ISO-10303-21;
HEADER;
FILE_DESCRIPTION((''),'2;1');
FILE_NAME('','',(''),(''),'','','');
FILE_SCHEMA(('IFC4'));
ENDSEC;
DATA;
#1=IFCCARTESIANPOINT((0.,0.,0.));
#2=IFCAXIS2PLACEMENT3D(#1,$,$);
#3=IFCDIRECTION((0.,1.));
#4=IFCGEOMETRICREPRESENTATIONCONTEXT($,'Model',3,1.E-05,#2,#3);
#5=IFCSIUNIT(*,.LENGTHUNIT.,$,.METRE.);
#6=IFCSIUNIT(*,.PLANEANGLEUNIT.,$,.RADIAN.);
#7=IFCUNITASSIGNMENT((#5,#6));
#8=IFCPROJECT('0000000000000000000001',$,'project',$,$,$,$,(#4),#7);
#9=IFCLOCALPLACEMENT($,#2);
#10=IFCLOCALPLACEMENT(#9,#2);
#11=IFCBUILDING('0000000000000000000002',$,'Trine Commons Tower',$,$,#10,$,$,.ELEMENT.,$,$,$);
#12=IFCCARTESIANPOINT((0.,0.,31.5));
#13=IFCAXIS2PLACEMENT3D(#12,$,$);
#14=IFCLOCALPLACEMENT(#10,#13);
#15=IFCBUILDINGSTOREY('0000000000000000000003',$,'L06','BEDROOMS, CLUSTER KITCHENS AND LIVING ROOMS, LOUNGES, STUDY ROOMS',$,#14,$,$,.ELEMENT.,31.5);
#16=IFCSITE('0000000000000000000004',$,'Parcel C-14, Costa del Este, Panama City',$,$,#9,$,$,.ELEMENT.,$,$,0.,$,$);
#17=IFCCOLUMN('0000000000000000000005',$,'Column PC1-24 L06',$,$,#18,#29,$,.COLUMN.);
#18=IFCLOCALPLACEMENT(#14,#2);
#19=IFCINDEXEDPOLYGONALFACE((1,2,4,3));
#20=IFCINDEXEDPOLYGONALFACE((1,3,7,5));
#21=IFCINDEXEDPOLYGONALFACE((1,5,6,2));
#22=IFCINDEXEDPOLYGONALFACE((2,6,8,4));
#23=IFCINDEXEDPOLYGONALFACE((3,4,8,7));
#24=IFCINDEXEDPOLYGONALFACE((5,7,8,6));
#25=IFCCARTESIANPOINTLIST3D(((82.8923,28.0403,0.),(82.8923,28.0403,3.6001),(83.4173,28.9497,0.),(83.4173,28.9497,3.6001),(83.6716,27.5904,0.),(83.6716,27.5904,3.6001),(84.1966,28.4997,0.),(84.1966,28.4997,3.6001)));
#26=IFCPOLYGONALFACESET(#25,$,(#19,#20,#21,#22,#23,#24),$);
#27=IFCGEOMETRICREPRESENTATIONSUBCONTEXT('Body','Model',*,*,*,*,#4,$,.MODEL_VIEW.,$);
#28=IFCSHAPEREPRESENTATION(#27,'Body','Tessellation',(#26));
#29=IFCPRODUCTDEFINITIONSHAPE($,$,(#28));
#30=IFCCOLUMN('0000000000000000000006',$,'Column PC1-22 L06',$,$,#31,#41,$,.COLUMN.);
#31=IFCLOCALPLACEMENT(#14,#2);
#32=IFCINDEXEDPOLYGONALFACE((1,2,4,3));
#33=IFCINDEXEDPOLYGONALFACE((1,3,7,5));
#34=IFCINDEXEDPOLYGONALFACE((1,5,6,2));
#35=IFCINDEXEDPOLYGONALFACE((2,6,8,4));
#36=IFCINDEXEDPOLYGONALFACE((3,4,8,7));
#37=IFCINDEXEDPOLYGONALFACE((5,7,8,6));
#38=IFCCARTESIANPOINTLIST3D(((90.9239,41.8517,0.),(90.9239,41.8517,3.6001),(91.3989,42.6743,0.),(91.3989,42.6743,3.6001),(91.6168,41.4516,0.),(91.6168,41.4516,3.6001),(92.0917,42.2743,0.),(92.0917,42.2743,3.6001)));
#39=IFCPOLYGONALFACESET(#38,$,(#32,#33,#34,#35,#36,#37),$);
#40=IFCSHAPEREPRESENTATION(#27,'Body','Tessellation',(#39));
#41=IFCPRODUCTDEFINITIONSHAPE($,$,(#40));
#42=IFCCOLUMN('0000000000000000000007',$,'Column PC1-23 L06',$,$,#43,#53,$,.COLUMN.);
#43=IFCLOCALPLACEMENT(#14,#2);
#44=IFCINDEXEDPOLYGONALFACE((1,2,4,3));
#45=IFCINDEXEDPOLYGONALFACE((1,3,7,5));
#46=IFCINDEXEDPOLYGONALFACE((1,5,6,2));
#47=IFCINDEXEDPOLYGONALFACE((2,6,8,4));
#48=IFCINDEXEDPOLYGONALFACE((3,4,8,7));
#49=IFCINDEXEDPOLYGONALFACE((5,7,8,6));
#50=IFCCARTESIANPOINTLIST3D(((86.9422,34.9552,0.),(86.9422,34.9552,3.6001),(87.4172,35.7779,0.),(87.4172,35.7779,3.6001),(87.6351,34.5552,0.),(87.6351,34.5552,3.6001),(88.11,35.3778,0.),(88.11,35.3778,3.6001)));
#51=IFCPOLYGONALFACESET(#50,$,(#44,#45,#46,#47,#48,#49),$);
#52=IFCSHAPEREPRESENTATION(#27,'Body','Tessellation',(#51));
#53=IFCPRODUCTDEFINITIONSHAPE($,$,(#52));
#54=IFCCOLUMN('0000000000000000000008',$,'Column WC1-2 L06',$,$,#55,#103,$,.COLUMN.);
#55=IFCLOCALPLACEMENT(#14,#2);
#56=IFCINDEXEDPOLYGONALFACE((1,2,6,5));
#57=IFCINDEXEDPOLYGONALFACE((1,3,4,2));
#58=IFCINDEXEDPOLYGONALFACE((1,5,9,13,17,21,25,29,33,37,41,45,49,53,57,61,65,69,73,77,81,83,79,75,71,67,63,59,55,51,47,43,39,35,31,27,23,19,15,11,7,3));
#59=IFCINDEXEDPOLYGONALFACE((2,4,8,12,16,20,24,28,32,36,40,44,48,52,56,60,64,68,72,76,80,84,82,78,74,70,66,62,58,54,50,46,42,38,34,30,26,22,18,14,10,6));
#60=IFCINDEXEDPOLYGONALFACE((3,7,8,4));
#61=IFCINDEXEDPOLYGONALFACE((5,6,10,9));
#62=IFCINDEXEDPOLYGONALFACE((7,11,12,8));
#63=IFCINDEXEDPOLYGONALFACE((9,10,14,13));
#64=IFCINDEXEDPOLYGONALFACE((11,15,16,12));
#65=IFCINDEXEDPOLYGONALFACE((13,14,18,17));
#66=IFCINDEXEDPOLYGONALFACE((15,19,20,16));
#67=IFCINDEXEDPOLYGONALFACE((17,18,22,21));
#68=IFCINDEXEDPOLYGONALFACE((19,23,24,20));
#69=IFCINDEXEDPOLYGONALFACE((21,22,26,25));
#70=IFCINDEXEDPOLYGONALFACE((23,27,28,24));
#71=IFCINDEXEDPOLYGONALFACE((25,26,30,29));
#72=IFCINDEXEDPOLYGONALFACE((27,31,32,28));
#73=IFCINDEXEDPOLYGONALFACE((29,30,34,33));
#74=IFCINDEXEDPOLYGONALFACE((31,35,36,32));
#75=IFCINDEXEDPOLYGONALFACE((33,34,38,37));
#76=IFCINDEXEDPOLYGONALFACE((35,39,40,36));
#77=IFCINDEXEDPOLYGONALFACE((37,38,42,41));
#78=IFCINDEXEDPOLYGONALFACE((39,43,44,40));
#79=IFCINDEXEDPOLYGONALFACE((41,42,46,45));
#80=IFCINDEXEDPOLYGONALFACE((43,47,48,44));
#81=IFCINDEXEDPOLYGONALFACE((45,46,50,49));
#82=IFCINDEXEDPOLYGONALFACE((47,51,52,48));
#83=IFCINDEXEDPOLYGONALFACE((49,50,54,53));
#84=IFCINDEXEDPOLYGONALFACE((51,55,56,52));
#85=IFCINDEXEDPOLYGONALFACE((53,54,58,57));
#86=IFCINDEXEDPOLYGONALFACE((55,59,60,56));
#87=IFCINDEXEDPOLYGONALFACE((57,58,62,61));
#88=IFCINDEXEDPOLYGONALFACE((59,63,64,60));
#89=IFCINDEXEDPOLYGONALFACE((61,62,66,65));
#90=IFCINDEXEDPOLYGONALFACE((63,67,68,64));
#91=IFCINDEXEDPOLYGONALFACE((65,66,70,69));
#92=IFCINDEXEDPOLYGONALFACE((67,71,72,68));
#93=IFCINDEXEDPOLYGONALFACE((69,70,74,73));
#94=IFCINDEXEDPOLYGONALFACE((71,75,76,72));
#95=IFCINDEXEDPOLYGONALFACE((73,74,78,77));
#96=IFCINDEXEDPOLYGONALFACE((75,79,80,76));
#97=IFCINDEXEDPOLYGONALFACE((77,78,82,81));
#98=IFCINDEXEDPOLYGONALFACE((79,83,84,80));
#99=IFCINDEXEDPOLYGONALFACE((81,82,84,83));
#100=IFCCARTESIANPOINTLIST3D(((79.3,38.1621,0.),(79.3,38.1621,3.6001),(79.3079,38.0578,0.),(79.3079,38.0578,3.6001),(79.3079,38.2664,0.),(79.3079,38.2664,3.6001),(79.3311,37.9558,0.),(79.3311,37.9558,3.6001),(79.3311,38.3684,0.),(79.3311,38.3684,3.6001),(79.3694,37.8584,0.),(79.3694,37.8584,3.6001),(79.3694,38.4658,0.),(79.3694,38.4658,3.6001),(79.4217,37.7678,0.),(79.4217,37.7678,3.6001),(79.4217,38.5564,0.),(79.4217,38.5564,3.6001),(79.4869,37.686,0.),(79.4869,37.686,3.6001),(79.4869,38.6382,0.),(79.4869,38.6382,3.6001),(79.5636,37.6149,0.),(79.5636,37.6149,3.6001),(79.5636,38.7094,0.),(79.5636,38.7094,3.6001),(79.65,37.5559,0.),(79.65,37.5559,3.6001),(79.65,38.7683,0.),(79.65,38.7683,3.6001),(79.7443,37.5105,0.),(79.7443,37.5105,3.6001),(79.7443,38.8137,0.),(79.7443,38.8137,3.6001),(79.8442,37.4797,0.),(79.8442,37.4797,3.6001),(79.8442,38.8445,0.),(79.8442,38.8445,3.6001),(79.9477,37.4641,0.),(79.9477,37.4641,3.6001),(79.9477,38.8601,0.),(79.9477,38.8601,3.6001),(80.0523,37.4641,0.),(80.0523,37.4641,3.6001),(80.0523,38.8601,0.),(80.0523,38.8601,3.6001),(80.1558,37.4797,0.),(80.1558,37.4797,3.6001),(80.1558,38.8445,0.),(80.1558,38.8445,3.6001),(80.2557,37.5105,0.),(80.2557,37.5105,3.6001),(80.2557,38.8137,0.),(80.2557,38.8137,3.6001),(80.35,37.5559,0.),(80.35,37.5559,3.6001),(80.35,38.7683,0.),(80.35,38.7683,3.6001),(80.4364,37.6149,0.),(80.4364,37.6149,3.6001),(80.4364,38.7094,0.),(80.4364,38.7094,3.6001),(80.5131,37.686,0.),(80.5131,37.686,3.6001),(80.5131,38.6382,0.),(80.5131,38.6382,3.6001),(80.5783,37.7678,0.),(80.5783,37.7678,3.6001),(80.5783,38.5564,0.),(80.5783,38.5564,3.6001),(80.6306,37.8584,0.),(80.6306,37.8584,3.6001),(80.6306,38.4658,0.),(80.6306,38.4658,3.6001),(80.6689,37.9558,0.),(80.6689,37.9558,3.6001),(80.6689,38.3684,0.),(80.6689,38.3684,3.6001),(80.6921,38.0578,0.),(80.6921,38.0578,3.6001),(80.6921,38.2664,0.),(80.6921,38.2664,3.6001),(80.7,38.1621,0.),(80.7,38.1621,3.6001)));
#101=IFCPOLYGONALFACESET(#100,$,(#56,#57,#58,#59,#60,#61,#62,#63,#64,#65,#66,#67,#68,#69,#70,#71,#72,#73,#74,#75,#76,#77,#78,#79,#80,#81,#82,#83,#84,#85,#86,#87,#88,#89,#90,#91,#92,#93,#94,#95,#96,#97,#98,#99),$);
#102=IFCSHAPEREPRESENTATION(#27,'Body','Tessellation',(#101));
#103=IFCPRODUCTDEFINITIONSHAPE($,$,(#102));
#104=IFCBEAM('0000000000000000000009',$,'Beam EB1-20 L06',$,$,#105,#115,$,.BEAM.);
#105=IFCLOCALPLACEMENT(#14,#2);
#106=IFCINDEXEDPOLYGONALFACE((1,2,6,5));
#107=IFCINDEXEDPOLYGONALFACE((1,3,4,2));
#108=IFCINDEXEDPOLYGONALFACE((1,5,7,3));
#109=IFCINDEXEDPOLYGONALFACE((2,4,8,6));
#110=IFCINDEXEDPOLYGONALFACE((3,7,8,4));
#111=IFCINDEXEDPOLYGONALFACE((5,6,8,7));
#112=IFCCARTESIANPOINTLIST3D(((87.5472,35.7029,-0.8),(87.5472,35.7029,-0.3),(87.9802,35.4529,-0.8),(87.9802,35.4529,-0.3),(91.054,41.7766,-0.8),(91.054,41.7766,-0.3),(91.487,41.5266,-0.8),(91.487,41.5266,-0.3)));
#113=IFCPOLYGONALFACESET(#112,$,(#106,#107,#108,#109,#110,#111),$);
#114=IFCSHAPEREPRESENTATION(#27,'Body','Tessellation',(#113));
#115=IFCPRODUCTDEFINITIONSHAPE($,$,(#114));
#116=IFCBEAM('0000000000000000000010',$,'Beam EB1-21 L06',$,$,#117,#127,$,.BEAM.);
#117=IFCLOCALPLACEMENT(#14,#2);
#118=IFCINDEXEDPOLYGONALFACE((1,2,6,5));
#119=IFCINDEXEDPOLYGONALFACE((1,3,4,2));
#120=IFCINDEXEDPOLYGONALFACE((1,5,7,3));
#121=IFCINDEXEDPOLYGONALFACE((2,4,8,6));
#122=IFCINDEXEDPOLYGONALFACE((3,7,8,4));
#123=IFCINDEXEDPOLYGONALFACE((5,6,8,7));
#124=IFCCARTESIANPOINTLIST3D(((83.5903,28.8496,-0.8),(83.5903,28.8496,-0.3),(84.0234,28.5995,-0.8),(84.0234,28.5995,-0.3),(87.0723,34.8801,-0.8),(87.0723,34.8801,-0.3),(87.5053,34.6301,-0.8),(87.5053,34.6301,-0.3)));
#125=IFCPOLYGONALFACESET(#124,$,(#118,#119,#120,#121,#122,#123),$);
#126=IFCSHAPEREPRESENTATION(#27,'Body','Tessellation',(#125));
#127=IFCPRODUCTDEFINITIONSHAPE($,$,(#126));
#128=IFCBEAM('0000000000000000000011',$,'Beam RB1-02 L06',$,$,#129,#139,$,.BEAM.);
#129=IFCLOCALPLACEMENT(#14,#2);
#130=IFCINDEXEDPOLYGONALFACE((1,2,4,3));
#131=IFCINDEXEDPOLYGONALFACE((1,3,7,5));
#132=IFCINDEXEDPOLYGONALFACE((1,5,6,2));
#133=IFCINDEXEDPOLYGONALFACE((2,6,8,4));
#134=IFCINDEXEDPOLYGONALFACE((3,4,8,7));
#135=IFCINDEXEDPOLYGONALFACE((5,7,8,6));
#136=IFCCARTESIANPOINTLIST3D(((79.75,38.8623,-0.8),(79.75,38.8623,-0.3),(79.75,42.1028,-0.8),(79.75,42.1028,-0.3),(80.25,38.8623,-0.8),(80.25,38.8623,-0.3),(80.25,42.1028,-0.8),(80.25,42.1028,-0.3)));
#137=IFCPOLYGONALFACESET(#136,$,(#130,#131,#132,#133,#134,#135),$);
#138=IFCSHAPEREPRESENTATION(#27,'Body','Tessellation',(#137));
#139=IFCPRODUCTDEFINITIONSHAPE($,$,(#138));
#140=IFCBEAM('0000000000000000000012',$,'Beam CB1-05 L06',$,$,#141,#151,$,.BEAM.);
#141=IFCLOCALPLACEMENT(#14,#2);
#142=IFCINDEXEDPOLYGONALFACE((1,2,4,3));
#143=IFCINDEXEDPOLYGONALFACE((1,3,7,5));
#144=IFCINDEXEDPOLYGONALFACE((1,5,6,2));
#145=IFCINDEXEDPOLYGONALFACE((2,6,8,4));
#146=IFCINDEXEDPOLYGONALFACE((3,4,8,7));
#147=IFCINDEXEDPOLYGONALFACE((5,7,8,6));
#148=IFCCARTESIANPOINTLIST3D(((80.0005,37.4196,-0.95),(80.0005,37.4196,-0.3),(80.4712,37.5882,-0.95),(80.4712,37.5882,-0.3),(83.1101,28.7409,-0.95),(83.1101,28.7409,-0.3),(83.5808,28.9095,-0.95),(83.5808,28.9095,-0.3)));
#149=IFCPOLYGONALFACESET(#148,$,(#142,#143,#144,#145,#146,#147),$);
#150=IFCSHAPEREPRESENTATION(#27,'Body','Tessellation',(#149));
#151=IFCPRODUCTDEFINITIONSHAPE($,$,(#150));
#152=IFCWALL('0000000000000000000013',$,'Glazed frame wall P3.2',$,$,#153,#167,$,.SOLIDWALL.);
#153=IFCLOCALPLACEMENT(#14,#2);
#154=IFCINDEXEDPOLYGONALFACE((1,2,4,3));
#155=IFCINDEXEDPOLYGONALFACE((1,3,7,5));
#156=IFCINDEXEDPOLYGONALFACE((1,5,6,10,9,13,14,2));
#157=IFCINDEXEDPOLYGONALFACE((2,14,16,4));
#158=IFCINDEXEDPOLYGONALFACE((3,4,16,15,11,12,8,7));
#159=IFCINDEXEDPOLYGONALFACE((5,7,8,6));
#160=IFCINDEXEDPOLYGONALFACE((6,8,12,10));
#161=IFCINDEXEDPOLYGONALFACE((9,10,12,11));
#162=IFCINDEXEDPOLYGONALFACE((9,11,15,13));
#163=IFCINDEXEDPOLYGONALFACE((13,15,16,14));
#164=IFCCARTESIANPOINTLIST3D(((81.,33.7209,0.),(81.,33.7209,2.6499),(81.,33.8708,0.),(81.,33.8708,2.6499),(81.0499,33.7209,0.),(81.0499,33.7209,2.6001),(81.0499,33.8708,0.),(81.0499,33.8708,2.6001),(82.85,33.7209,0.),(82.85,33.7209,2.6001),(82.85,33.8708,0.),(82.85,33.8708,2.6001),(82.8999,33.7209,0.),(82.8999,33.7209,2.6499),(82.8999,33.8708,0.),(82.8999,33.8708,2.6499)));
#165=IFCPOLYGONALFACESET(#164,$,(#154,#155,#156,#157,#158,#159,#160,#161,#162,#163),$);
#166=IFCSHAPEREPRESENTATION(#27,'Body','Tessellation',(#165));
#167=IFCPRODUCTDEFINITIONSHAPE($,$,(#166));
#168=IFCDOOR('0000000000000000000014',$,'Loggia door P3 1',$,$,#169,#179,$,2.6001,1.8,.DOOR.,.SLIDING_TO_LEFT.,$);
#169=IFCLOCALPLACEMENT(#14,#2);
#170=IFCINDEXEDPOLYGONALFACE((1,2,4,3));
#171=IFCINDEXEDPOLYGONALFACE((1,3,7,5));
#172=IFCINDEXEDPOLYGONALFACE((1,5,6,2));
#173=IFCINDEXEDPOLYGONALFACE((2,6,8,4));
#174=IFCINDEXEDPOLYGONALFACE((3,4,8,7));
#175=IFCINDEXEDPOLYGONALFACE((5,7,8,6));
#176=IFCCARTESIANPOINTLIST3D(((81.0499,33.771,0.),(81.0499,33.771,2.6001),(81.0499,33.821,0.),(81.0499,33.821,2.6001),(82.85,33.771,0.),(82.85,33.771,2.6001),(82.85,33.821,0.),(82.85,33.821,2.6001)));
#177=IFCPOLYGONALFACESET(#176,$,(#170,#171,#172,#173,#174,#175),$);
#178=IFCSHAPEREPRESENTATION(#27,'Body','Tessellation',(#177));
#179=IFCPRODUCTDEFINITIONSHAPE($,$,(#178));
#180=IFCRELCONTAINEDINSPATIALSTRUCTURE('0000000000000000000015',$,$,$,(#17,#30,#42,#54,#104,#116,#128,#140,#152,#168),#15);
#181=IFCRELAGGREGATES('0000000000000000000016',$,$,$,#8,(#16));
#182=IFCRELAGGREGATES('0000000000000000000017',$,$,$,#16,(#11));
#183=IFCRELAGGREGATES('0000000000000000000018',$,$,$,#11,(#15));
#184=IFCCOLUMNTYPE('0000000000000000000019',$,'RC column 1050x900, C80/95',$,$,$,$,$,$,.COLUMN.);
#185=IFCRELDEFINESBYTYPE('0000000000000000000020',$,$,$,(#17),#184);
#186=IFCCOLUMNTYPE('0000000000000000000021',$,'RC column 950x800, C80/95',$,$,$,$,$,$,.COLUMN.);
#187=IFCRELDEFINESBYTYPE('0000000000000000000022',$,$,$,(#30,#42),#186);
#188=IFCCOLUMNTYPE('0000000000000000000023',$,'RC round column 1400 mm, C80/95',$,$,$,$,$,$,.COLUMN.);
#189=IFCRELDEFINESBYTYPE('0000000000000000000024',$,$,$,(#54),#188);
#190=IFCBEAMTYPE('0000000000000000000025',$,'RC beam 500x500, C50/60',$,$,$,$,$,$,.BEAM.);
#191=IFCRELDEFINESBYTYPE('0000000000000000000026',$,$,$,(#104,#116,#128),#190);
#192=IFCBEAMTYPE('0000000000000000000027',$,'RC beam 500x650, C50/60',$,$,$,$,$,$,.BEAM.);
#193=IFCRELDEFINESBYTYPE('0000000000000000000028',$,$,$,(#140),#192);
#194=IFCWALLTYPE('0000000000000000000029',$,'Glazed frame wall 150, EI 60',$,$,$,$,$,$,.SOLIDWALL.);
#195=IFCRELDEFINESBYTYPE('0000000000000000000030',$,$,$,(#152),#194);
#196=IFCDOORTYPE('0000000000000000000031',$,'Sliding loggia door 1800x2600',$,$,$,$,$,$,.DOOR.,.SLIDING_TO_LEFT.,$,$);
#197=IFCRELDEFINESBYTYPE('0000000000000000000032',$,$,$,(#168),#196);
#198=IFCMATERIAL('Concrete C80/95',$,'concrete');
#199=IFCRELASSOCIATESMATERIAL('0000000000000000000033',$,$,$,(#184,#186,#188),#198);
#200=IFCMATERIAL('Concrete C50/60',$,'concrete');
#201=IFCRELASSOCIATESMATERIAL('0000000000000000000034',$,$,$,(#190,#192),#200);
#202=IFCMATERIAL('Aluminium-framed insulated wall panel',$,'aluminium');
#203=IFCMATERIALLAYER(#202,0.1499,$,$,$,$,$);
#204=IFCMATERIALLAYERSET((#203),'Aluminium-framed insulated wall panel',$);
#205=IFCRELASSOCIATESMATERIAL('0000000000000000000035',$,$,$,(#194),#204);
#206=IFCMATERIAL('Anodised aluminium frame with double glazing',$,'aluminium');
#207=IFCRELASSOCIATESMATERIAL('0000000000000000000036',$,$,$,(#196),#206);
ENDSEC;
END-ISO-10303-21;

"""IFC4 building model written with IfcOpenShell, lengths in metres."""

from ifc_helpers import new_model, si_unit, direction, frame, frame_2d, origin, origin_2d, place, context, subcontext, project, spatial, polyline, rectangle, circle, outline, extrude, material, layer, layer_set, material_profile, profile_set, type_object, element, fill, save


model = new_model("IFC4")

# Units and contexts
model_context = context("Model", 3, precision=1e-05, world=origin(), true_north=direction((0.0, 1.0)))
body_context = subcontext(model_context, "Body", "Model", "MODEL_VIEW")
ifc_project = project(units=[si_unit("LENGTHUNIT", "METRE"), si_unit("PLANEANGLEUNIT", "RADIAN")], contexts=[model_context])

# Site, building, storey
site_placement = place(None, origin())
site = spatial("IfcSite", under=ifc_project, at=site_placement, Name="Parcel C-14, Costa del Este, Panama City", CompositionType="ELEMENT", RefElevation=0.0)
building_placement = place(site_placement, origin())
building = spatial("IfcBuilding", under=site, at=building_placement, Name="Trine Commons Tower", CompositionType="ELEMENT")
storey_placement = place(building_placement, frame((0.0, 0.0, 31.5)))
storey = spatial("IfcBuildingStorey", under=building, at=storey_placement, Name="L06", Description="BEDROOMS, CLUSTER KITCHENS AND LIVING ROOMS, LOUNGES, STUDY ROOMS", CompositionType="ELEMENT", Elevation=31.5)

# Columns
ifc_material_1 = material(Name="Concrete C80/95", Category="concrete")
ifc_material_profile_1 = material_profile(ifc_material_1, rectangle(XDim=1.05, YDim=0.8999, at=origin_2d()), Name="RC 1050x900")
ifc_profile_set_1 = profile_set([ifc_material_profile_1], Name="Concrete C80/95")
column_type_1 = type_object("IfcColumnType", Name="RC column 1050x900, C80/95", PredefinedType="COLUMN", material=ifc_profile_set_1)
column_1_placement = place(storey_placement, frame((83.5444, 28.27, 0.0), z_axis=(0.0, 0.0, 1.0), x_axis=(0.5, 0.866025, 0.0)))
element("IfcColumn", 1, at=column_1_placement, inside=storey, type_object=column_type_1, Name="Column PC1-24 L06", PredefinedType="COLUMN", context=body_context, shape_type="SweptSolid", body=[
    extrude(rectangle(XDim=1.05, YDim=0.8999, at=origin_2d()), origin(), (0.0, 0.0, 1.0), 3.6001),
])
ifc_material_profile_2 = material_profile(ifc_material_1, rectangle(XDim=0.95, YDim=0.8, at=origin_2d()), Name="RC 950x800")
ifc_profile_set_2 = profile_set([ifc_material_profile_2], Name="Concrete C80/95")
column_type_2 = type_object("IfcColumnType", Name="RC column 950x800, C80/95", PredefinedType="COLUMN", material=ifc_profile_set_2)
for number, where, z_axis, x_axis, name in (
    (2, (91.5078, 42.063, 0.0), (0.0, 0.0, 1.0), (0.5, 0.866025, 0.0), "Column PC1-22 L06"),
    (3, (87.5261, 35.1665, 0.0), (0.0, 0.0, 1.0), (0.5, 0.866025, 0.0), "Column PC1-23 L06"),
):
    element("IfcColumn", number, at=place(storey_placement, frame(where, z_axis=z_axis, x_axis=x_axis)), inside=storey, type_object=column_type_2, Name=name, PredefinedType="COLUMN", context=body_context, shape_type="SweptSolid", body=[
        extrude(rectangle(XDim=0.95, YDim=0.8, at=origin_2d()), origin(), (0.0, 0.0, 1.0), 3.6001),
    ])
ifc_material_profile_3 = material_profile(ifc_material_1, circle(Radius=0.7, at=origin_2d()), Name="RC round 1400")
ifc_profile_set_3 = profile_set([ifc_material_profile_3], Name="Concrete C80/95")
column_type_3 = type_object("IfcColumnType", Name="RC round column 1400 mm, C80/95", PredefinedType="COLUMN", material=ifc_profile_set_3)
column_2_placement = place(storey_placement, frame((80.0, 38.1621, 0.0), z_axis=(0.0, 0.0, 1.0), x_axis=(1.0, 0.0, 0.0)))
element("IfcColumn", 4, at=column_2_placement, inside=storey, type_object=column_type_3, Name="Column WC1-2 L06", PredefinedType="COLUMN", context=body_context, shape_type="SweptSolid", body=[
    extrude(circle(Radius=0.7, at=origin_2d()), origin(), (0.0, 0.0, 1.0), 3.6001),
])

# Beams
ifc_material_2 = material(Name="Concrete C50/60", Category="concrete")
ifc_material_profile_4 = material_profile(ifc_material_2, rectangle(XDim=0.5, YDim=0.5, at=origin_2d()), Name="RC 500x500")
ifc_profile_set_4 = profile_set([ifc_material_profile_4], Name="Concrete C50/60")
beam_type_1 = type_object("IfcBeamType", Name="RC beam 500x500, C50/60", PredefinedType="BEAM", material=ifc_profile_set_4)
beam_1_placement = place(storey_placement, frame((91.2705, 41.6516, -0.55), z_axis=(-0.500018, -0.866015, 0.0), x_axis=(0.866015, -0.500018, 0.0)))
element("IfcBeam", 5, at=beam_1_placement, inside=storey, type_object=beam_type_1, Name="Beam EB1-20 L06", PredefinedType="BEAM", context=body_context, shape_type="SweptSolid", body=[
    extrude(rectangle(XDim=0.5, YDim=0.5, at=origin_2d()), origin(), (0.0, 0.0, 1.0), 7.0134),
])
beam_2_placement = place(storey_placement, frame((87.2888, 34.7551, -0.55), z_axis=(-0.500023, -0.866012, 0.0), x_axis=(0.866012, -0.500023, 0.0)))
element("IfcBeam", 6, at=beam_2_placement, inside=storey, type_object=beam_type_1, Name="Beam EB1-21 L06", PredefinedType="BEAM", context=body_context, shape_type="SweptSolid", body=[
    extrude(rectangle(XDim=0.5, YDim=0.5, at=origin_2d()), origin(), (0.0, 0.0, 1.0), 6.9636),
])
beam_3_placement = place(storey_placement, frame((80.0, 42.1028, -0.55), z_axis=(0.0, -1.0, 0.0), x_axis=(1.0, 0.0, 0.0)))
element("IfcBeam", 7, at=beam_3_placement, inside=storey, type_object=beam_type_1, Name="Beam RB1-02 L06", PredefinedType="BEAM", context=body_context, shape_type="SweptSolid", body=[
    extrude(rectangle(XDim=0.5, YDim=0.5, at=origin_2d()), origin(), (0.0, 0.0, 1.0), 3.2405),
])
ifc_material_profile_5 = material_profile(ifc_material_2, rectangle(XDim=0.5, YDim=0.6499, at=origin_2d()), Name="RC 500x650")
ifc_profile_set_5 = profile_set([ifc_material_profile_5], Name="Concrete C50/60")
beam_type_2 = type_object("IfcBeamType", Name="RC beam 500x650, C50/60", PredefinedType="BEAM", material=ifc_profile_set_5)
beam_4_placement = place(storey_placement, frame((83.3455, 28.8252, -0.625), z_axis=(-0.337306, 0.941395, 0.0), x_axis=(-0.941395, -0.337306, 0.0)))
element("IfcBeam", 8, at=beam_4_placement, inside=storey, type_object=beam_type_2, Name="Beam CB1-05 L06", PredefinedType="BEAM", context=body_context, shape_type="SweptSolid", body=[
    extrude(rectangle(XDim=0.5, YDim=0.6499, at=origin_2d()), origin(), (0.0, 0.0, 1.0), 9.219),
])

# Shared definitions
ifc_material_3 = material(Name="Aluminium-framed insulated wall panel", Category="aluminium")
ifc_layer_1 = layer(ifc_material_3, 0.1499)
ifc_layer_set_1 = layer_set([ifc_layer_1], Name="Aluminium-framed insulated wall panel")
wall_type_1 = type_object("IfcWallType", Name="Glazed frame wall 150, EI 60", PredefinedType="SOLIDWALL", material=ifc_layer_set_1)

# Wall, opening, door
wall_1_placement = place(storey_placement, frame((82.8999, 33.7959, 0.0), z_axis=(0.0, 0.0, 1.0), x_axis=(-1.0, 0.0, 0.0)))
wall_1 = element("IfcWall", 9, at=wall_1_placement, inside=storey, type_object=wall_type_1, Name="Glazed frame wall P3.2", PredefinedType="SOLIDWALL", context=body_context, shape_type="SweptSolid", body=[
    extrude(outline(polyline([(0.0, -0.075), (1.8999, -0.075), (1.8999, 0.075), (0.0, 0.075), (0.0, -0.075)])), origin(), (0.0, 0.0, 1.0), 2.6499),
])
opening_1_placement = place(wall_1_placement, frame((0.05, 0.0, 0.0)))
opening_1 = element("IfcOpeningElement", 10, at=opening_1_placement, cuts=wall_1, PredefinedType="OPENING", context=body_context, shape_type="SweptSolid", body=[
    extrude(rectangle(XDim=1.8, YDim=2.6001, at=frame_2d((0.8999, 1.3))), frame((0.0, 0.085, 0.0), z_axis=(0.0, -1.0, 0.0), x_axis=(1.0, 0.0, 0.0)), (0.0, 0.0, 1.0), 0.1699),
])
ifc_material_4 = material(Name="Anodised aluminium frame with double glazing", Category="aluminium")
door_type_1 = type_object("IfcDoorType", Name="Sliding loggia door 1800x2600", OperationType="SLIDING_TO_LEFT", PredefinedType="DOOR", material=ifc_material_4)
door_1_placement = place(opening_1_placement, origin())
door_1 = element("IfcDoor", 11, at=door_1_placement, inside=storey, type_object=door_type_1, Name="Loggia door P3 1", OperationType="SLIDING_TO_LEFT", OverallHeight=2.6001, OverallWidth=1.8, PredefinedType="DOOR", context=body_context, shape_type="SweptSolid", body=[
    extrude(rectangle(XDim=1.8, YDim=2.6001, at=frame_2d((0.8999, 1.3))), frame((0.0, 0.0249, 0.0), z_axis=(0.0, -1.0, 0.0), x_axis=(1.0, 0.0, 0.0)), (0.0, 0.0, 1.0), 0.05),
])
fill(opening_1, door_1)

save(model, "model.ifc")
